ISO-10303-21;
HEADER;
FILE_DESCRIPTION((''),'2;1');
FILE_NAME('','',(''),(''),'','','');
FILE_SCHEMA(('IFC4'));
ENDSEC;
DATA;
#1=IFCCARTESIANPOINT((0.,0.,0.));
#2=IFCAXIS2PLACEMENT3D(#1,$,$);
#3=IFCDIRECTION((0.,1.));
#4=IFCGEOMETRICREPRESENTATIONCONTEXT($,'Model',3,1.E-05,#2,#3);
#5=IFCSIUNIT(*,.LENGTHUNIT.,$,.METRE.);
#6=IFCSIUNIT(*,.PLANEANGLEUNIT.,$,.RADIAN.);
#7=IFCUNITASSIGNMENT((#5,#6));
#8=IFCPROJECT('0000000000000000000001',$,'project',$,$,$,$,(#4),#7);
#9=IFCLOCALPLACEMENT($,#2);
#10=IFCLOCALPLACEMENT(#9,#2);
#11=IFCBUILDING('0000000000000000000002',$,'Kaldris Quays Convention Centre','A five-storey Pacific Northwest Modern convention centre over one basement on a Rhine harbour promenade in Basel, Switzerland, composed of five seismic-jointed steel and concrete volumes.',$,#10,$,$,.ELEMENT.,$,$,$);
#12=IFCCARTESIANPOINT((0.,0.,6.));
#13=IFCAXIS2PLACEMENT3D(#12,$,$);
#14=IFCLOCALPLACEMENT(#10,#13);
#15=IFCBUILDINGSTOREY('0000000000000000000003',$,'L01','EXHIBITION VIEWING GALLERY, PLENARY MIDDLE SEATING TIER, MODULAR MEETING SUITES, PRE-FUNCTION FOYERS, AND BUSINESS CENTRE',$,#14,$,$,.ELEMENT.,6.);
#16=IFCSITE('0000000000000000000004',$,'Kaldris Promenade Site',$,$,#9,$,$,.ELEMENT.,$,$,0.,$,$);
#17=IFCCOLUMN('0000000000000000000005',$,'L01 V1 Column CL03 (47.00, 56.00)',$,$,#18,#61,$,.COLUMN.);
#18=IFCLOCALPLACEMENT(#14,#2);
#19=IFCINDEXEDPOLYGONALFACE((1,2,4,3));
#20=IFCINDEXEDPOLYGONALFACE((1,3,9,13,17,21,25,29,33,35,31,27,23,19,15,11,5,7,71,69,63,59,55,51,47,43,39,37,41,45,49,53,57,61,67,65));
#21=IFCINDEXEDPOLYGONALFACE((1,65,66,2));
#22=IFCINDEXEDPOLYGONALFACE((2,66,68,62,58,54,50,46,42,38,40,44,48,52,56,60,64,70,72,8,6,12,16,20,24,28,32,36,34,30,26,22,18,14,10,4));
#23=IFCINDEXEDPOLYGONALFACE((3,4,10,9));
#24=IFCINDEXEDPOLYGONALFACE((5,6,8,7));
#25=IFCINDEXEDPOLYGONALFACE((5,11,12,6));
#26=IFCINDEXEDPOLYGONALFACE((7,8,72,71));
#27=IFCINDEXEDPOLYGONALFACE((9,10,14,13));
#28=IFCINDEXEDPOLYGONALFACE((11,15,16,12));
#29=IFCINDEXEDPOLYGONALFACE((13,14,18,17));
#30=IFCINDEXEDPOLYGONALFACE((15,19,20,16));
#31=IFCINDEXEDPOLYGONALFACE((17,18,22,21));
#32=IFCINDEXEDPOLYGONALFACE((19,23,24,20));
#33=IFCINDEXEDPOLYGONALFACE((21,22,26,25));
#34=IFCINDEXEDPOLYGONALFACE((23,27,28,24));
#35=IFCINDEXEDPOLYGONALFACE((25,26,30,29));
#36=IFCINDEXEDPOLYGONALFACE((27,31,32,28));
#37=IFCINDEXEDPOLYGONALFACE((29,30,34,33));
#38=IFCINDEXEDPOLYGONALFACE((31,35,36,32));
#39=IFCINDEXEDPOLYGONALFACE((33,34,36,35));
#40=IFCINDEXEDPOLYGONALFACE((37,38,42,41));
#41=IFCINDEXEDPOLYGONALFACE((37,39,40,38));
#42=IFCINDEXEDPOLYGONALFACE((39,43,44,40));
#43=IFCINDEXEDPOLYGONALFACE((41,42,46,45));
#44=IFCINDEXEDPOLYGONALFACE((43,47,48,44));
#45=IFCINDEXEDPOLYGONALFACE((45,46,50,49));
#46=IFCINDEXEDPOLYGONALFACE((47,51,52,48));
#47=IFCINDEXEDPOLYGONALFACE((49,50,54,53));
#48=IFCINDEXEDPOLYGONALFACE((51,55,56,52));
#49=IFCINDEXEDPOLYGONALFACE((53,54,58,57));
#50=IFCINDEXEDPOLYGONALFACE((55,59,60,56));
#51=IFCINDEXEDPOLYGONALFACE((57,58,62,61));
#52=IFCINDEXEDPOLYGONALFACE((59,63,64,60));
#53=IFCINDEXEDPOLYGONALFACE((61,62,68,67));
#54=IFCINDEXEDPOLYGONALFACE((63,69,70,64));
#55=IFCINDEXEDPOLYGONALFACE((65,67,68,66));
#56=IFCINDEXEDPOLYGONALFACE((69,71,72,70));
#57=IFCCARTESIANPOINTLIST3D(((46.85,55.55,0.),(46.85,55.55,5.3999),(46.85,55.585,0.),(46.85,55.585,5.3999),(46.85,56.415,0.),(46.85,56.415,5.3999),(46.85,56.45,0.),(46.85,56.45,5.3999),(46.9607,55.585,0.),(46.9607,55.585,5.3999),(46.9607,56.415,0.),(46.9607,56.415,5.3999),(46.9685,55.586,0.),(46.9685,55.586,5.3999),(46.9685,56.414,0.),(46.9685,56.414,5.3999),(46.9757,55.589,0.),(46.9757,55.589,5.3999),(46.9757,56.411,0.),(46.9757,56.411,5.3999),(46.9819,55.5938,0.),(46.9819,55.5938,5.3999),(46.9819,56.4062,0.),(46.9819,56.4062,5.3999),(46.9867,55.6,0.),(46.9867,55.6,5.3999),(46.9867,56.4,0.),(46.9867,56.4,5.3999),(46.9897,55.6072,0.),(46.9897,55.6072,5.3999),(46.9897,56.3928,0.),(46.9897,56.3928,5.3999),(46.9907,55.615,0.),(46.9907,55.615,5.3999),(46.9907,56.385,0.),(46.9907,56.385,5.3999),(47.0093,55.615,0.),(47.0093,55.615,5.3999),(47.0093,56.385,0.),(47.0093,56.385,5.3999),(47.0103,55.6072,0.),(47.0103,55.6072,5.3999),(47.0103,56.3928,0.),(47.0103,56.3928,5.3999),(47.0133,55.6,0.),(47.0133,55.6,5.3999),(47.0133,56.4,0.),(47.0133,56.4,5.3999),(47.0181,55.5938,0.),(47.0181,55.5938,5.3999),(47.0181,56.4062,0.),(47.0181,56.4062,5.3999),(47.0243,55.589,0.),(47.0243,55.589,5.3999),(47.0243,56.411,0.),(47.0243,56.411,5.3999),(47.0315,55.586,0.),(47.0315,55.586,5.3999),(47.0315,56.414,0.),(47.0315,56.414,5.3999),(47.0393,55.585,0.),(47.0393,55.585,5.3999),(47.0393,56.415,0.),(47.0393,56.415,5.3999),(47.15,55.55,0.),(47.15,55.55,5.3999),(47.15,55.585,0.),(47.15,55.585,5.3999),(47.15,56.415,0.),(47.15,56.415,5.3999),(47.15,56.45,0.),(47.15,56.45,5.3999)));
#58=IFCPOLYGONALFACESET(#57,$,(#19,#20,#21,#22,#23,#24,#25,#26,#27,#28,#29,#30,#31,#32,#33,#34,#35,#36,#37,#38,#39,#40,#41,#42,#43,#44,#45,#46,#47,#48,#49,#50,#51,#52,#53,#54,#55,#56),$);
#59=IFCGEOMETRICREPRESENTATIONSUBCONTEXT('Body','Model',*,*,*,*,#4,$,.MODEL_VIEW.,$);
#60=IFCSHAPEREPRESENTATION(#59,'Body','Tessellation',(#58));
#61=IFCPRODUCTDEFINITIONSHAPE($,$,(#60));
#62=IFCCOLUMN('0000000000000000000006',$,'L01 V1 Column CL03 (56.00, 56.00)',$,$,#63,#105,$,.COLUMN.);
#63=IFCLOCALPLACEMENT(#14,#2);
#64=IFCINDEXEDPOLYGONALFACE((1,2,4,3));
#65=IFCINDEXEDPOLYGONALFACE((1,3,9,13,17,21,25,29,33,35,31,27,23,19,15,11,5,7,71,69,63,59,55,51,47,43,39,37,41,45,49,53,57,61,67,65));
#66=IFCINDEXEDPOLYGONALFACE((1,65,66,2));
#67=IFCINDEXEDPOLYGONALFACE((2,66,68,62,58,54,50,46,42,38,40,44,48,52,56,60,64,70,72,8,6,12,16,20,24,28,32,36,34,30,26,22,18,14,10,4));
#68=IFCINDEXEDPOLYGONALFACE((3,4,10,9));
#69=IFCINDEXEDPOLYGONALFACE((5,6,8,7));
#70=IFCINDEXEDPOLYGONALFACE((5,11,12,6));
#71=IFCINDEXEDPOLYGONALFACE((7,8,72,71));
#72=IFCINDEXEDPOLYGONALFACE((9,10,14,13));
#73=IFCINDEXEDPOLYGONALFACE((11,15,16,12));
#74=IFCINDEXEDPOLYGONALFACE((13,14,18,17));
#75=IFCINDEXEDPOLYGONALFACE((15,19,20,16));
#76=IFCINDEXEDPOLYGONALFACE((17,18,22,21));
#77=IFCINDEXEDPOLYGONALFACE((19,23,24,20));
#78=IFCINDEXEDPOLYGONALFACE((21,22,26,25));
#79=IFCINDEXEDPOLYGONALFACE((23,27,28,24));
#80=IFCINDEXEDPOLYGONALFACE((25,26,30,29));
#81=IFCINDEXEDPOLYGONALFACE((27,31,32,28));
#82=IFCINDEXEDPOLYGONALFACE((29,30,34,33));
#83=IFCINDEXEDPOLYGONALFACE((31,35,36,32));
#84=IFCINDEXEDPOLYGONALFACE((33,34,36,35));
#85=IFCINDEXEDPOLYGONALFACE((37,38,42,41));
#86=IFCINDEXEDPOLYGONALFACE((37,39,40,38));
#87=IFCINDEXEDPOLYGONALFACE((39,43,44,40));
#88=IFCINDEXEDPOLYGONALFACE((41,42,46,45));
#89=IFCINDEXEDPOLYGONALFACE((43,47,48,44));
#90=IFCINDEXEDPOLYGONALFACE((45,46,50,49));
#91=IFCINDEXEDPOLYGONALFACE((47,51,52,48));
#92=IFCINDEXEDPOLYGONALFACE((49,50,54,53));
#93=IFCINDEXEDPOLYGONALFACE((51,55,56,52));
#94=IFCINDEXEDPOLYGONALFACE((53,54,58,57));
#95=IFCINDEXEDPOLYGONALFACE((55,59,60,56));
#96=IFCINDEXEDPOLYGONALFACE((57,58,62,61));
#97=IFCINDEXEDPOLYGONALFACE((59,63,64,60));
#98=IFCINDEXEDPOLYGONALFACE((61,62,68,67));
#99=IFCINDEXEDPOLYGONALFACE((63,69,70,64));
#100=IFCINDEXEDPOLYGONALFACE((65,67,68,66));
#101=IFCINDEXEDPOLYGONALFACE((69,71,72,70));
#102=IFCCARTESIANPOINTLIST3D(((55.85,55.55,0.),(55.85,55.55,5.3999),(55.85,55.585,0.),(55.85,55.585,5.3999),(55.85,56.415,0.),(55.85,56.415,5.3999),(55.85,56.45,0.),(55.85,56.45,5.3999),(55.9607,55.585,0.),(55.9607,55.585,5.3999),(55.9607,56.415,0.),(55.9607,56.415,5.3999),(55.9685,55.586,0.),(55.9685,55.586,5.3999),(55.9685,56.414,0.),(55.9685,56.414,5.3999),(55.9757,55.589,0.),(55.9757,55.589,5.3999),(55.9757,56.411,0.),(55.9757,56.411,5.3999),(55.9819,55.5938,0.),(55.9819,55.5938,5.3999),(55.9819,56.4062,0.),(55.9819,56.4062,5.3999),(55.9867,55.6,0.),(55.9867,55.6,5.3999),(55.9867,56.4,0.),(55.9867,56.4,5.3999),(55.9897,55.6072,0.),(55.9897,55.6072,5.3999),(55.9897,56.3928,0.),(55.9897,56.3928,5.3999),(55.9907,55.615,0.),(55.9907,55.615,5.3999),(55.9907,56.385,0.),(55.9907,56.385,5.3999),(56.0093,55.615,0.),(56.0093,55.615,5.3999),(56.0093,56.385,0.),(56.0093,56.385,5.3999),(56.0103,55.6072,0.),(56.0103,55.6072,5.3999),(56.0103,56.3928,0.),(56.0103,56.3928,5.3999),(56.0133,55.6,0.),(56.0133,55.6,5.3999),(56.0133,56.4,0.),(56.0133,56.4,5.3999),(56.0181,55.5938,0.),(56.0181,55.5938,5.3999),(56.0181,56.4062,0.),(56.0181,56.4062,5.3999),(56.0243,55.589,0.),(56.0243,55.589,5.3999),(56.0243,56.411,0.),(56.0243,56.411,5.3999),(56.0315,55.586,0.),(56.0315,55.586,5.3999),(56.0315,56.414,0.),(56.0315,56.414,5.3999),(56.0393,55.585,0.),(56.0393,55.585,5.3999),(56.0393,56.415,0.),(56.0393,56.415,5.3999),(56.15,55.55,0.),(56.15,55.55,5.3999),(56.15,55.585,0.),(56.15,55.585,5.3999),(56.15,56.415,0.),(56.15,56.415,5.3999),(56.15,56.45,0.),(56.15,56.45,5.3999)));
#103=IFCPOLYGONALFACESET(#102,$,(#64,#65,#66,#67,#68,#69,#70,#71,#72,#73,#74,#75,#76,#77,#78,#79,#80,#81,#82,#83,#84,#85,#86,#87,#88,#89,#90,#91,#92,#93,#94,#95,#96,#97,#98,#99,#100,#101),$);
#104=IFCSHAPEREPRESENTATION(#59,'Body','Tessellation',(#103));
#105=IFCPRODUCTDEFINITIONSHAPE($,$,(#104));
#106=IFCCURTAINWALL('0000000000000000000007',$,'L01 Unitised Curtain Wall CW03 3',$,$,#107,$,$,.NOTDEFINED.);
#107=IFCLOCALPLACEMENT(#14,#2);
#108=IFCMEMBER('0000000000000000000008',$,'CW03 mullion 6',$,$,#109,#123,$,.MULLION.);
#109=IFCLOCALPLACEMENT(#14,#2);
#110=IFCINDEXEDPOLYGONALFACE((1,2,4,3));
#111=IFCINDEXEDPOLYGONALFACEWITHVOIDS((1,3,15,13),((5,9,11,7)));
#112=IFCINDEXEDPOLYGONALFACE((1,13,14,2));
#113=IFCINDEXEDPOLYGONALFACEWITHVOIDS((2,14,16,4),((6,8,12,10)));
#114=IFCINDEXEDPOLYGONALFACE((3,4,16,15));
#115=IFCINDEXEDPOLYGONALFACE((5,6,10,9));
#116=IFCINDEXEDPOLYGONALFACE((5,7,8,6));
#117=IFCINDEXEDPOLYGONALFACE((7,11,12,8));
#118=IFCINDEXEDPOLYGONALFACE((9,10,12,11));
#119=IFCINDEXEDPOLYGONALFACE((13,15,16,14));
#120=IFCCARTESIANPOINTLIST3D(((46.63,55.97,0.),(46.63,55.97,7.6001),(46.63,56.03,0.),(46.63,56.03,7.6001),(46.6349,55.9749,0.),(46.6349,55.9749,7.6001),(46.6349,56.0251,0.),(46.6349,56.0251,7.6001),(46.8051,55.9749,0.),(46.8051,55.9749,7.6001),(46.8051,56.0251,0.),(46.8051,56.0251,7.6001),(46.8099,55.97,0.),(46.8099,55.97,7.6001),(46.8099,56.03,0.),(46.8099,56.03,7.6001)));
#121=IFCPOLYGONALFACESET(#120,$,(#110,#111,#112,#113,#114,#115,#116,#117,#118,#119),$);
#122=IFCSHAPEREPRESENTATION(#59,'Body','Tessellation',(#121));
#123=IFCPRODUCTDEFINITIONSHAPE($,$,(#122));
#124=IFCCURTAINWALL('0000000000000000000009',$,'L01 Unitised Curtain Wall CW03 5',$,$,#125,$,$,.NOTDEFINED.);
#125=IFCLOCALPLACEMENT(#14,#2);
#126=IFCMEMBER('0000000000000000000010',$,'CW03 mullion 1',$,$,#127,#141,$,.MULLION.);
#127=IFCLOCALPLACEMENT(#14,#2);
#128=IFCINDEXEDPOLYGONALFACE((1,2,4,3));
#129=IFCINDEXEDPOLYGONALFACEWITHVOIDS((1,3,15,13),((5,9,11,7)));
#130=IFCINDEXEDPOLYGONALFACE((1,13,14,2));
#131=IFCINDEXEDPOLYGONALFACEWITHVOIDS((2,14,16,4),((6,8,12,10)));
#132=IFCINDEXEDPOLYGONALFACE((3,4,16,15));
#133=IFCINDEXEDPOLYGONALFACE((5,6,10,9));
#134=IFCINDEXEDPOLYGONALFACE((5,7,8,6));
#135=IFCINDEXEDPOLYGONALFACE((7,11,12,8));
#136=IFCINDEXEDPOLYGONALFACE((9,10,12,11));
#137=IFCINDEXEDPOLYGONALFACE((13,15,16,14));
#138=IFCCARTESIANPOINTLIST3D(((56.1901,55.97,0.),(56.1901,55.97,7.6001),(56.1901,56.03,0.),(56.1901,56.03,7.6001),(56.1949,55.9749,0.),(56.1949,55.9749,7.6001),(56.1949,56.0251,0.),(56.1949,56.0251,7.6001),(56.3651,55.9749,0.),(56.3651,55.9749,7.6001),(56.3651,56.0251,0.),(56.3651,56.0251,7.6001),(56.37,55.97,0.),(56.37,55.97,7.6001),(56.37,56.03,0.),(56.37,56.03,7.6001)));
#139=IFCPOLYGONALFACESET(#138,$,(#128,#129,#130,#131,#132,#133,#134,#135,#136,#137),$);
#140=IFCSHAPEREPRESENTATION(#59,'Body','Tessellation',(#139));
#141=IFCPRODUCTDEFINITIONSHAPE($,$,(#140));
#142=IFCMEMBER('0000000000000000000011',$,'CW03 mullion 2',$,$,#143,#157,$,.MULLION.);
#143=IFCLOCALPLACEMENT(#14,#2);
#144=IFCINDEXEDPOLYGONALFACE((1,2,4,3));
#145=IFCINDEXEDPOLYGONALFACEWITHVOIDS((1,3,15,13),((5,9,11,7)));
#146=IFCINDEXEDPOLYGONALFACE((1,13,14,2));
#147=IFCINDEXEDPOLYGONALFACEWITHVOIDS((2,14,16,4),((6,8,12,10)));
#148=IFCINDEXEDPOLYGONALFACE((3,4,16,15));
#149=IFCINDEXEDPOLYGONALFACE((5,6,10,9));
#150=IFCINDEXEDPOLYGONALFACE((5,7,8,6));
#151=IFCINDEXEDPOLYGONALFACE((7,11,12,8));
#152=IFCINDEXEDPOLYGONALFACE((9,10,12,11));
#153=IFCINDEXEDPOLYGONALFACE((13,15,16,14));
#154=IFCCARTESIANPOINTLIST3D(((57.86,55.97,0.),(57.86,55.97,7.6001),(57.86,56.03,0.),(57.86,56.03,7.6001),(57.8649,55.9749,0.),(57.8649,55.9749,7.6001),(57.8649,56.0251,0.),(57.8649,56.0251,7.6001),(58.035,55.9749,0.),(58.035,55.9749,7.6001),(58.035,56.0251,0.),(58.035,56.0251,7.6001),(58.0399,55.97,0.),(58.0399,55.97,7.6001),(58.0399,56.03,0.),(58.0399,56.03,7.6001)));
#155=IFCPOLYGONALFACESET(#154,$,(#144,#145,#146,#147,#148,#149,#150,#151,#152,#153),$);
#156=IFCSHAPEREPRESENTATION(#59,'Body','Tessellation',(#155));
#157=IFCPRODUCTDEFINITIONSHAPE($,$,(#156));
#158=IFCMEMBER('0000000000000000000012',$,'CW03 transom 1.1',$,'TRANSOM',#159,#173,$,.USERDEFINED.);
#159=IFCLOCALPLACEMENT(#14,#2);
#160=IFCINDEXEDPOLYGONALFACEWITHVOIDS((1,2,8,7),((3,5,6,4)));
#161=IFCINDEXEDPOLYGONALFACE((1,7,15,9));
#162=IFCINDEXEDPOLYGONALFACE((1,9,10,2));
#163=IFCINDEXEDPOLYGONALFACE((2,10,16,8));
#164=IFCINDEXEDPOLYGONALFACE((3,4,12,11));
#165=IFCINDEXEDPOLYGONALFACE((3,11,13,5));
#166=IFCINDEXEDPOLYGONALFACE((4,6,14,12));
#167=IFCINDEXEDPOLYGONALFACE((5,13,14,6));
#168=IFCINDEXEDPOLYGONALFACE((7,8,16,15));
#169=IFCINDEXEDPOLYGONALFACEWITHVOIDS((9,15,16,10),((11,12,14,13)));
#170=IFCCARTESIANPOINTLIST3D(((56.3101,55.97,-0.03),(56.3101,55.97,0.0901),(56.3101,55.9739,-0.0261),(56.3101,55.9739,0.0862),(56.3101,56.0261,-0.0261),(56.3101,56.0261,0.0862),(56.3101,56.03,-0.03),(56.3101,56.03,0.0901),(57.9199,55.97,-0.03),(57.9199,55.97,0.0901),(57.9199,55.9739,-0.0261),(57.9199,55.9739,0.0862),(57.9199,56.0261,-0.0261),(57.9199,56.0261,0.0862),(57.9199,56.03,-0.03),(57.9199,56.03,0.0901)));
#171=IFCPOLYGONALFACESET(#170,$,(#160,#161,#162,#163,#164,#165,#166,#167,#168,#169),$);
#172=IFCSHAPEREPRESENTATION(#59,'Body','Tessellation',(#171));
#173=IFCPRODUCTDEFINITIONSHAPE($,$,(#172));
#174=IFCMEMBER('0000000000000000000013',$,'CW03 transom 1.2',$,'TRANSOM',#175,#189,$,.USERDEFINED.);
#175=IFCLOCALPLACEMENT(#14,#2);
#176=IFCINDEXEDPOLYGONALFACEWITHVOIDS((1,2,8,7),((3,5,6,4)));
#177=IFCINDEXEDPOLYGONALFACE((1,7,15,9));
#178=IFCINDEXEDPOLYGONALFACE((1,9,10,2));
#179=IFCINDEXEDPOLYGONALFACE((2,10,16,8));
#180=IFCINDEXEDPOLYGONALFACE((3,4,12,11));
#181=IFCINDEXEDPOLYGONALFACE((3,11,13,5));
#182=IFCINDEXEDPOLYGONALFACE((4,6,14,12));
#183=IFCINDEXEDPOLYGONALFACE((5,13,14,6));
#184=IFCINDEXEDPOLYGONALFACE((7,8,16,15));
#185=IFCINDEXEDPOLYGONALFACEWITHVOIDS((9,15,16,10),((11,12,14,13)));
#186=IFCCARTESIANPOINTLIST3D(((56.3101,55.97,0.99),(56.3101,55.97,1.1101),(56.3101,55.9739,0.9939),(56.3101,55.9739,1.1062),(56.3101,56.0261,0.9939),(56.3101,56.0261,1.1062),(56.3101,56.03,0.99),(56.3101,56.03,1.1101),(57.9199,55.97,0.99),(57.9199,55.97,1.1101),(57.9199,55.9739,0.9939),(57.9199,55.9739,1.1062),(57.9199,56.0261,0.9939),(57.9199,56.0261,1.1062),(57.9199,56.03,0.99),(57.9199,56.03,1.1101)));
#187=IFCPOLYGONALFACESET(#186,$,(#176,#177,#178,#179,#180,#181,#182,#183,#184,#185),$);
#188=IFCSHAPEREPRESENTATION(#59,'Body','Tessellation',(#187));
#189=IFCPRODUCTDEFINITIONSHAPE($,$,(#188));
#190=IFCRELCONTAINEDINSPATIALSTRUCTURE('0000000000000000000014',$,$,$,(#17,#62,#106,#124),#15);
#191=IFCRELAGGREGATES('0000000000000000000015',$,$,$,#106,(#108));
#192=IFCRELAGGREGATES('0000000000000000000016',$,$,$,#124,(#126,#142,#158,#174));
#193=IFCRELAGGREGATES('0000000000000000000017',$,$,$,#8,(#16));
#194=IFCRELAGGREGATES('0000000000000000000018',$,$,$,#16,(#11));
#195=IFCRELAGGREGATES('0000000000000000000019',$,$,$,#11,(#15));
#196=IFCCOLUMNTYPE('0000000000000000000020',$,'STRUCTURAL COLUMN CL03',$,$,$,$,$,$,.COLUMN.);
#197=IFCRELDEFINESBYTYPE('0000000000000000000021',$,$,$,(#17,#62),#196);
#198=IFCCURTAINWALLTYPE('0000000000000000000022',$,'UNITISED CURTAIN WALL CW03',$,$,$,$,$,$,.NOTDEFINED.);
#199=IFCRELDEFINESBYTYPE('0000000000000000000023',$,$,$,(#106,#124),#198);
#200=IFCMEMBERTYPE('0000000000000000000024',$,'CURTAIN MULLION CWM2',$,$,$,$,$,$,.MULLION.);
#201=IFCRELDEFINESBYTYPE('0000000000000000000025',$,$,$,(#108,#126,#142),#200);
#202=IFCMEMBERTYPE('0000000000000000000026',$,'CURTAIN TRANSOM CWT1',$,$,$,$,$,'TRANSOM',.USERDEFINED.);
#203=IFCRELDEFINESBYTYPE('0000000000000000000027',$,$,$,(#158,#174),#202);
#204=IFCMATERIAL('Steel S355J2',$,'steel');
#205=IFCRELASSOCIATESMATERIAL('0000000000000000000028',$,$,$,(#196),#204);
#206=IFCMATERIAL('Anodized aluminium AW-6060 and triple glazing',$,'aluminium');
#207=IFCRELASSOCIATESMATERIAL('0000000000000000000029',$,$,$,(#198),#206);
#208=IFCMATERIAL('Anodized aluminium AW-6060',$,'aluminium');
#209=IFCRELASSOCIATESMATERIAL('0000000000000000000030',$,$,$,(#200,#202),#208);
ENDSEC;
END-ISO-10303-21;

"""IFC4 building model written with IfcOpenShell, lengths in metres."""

from ifc_helpers import new_model, si_unit, direction, frame, origin, origin_2d, place, context, subcontext, project, spatial, hollow_rectangle, i_section, extrude, material, material_profile, profile_set, type_object, element, aggregate, save


model = new_model("IFC4")

# Units and contexts
model_context = context("Model", 3, precision=1e-05, world=origin(), true_north=direction((0.0, 1.0)))
body_context = subcontext(model_context, "Body", "Model", "MODEL_VIEW")
ifc_project = project(units=[si_unit("LENGTHUNIT", "METRE"), si_unit("PLANEANGLEUNIT", "RADIAN")], contexts=[model_context])

# Site, building, storey
site_placement = place(None, origin())
site = spatial("IfcSite", under=ifc_project, at=site_placement, Name="Kaldris Promenade Site", CompositionType="ELEMENT", RefElevation=0.0)
building_placement = place(site_placement, origin())
building = spatial("IfcBuilding", under=site, at=building_placement, Name="Kaldris Quays Convention Centre", Description="A five-storey Pacific Northwest Modern convention centre over one basement on a Rhine harbour promenade in Basel, Switzerland, composed of five seismic-jointed steel and concrete volumes.", CompositionType="ELEMENT")
storey_placement = place(building_placement, frame((0.0, 0.0, 6.0)))
storey = spatial("IfcBuildingStorey", under=building, at=storey_placement, Name="L01", Description="EXHIBITION VIEWING GALLERY, PLENARY MIDDLE SEATING TIER, MODULAR MEETING SUITES, PRE-FUNCTION FOYERS, AND BUSINESS CENTRE", CompositionType="ELEMENT", Elevation=6.0)

# Columns
ifc_material_1 = material(Name="Steel S355J2", Category="steel")
ifc_material_profile_1 = material_profile(ifc_material_1, i_section(OverallWidth=0.3, OverallDepth=0.8999, WebThickness=0.0186, FlangeThickness=0.0349, FilletRadius=0.03, at=origin_2d()), Name="HEB 900")
ifc_profile_set_1 = profile_set([ifc_material_profile_1], Name="Steel S355J2")
column_type = type_object("IfcColumnType", Name="STRUCTURAL COLUMN CL03", PredefinedType="COLUMN", material=ifc_profile_set_1)
for number, where, z_axis, x_axis, name in (
    (1, (47.0, 56.0, 0.0), (0.0, 0.0, 1.0), (1.0, 0.0, 0.0), "L01 V1 Column CL03 (47.00, 56.00)"),
    (2, (56.0, 56.0, 0.0), (0.0, 0.0, 1.0), (1.0, 0.0, 0.0), "L01 V1 Column CL03 (56.00, 56.00)"),
):
    element("IfcColumn", number, at=place(storey_placement, frame(where, z_axis=z_axis, x_axis=x_axis)), inside=storey, type_object=column_type, Name=name, PredefinedType="COLUMN", context=body_context, shape_type="SweptSolid", body=[
        extrude(i_section(OverallWidth=0.3, OverallDepth=0.8999, WebThickness=0.0186, FlangeThickness=0.0349, FilletRadius=0.03, at=origin_2d()), origin(), (0.0, 0.0, 1.0), 5.3999),
    ])

# Curtain wall, member
ifc_material_2 = material(Name="Anodized aluminium AW-6060 and triple glazing", Category="aluminium")
curtain_wall_type = type_object("IfcCurtainWallType", Name="UNITISED CURTAIN WALL CW03", PredefinedType="NOTDEFINED", material=ifc_material_2)
curtain_wall_1_placement = place(storey_placement, origin())
curtain_wall_1 = element("IfcCurtainWall", 3, at=curtain_wall_1_placement, inside=storey, type_object=curtain_wall_type, Name="L01 Unitised Curtain Wall CW03 3", PredefinedType="NOTDEFINED")
ifc_material_3 = material(Name="Anodized aluminium AW-6060", Category="aluminium")
ifc_material_profile_2 = material_profile(ifc_material_3, hollow_rectangle(XDim=0.0601, YDim=0.1799, WallThickness=0.0049, at=origin_2d()), Name="RHS 180x60x5")
ifc_profile_set_2 = profile_set([ifc_material_profile_2], Name="Anodized aluminium AW-6060")
member_type_1 = type_object("IfcMemberType", Name="CURTAIN MULLION CWM2", PredefinedType="MULLION", material=ifc_profile_set_2)
member_1_placement = place(storey_placement, frame((46.72, 56.0, 0.0), z_axis=(0.0, 0.0, 1.0), x_axis=(0.0, 1.0, 0.0)))
member_1 = element("IfcMember", 4, at=member_1_placement, type_object=member_type_1, Name="CW03 mullion 6", PredefinedType="MULLION", context=body_context, shape_type="SweptSolid", body=[
    extrude(hollow_rectangle(XDim=0.0601, YDim=0.1799, WallThickness=0.0049, at=origin_2d()), origin(), (0.0, 0.0, 1.0), 7.6001),
])

# Curtain wall, members
curtain_wall_2_placement = place(storey_placement, origin())
curtain_wall_2 = element("IfcCurtainWall", 5, at=curtain_wall_2_placement, inside=storey, type_object=curtain_wall_type, Name="L01 Unitised Curtain Wall CW03 5", PredefinedType="NOTDEFINED")
member_2_placement = place(storey_placement, frame((56.28, 56.0, 0.0), z_axis=(0.0, 0.0, 1.0), x_axis=(0.0, 1.0, 0.0)))
member_2 = element("IfcMember", 6, at=member_2_placement, type_object=member_type_1, Name="CW03 mullion 1", PredefinedType="MULLION", context=body_context, shape_type="SweptSolid", body=[
    extrude(hollow_rectangle(XDim=0.0601, YDim=0.1799, WallThickness=0.0049, at=origin_2d()), origin(), (0.0, 0.0, 1.0), 7.6001),
])
member_3_placement = place(storey_placement, frame((57.95, 56.0, 0.0), z_axis=(0.0, 0.0, 1.0), x_axis=(0.0, 1.0, 0.0)))
member_3 = element("IfcMember", 7, at=member_3_placement, type_object=member_type_1, Name="CW03 mullion 2", PredefinedType="MULLION", context=body_context, shape_type="SweptSolid", body=[
    extrude(hollow_rectangle(XDim=0.0601, YDim=0.1799, WallThickness=0.0049, at=origin_2d()), origin(), (0.0, 0.0, 1.0), 7.6001),
])
ifc_material_profile_3 = material_profile(ifc_material_3, hollow_rectangle(XDim=0.0601, YDim=0.1201, WallThickness=0.0039, at=origin_2d()), Name="RHS 120x60x4")
ifc_profile_set_3 = profile_set([ifc_material_profile_3], Name="Anodized aluminium AW-6060")
member_type_2 = type_object("IfcMemberType", Name="CURTAIN TRANSOM CWT1", ElementType="TRANSOM", PredefinedType="USERDEFINED", material=ifc_profile_set_3)
member_4_placement = place(storey_placement, frame((56.3101, 56.0, 0.03), z_axis=(1.0, 0.0, 0.0), x_axis=(0.0, 1.0, 0.0)))
member_4 = element("IfcMember", 8, at=member_4_placement, type_object=member_type_2, Name="CW03 transom 1.1", ObjectType="TRANSOM", PredefinedType="USERDEFINED", context=body_context, shape_type="SweptSolid", body=[
    extrude(hollow_rectangle(XDim=0.0601, YDim=0.1201, WallThickness=0.0039, at=origin_2d()), origin(), (0.0, 0.0, 1.0), 1.6099),
])
member_5_placement = place(storey_placement, frame((56.3101, 56.0, 1.05), z_axis=(1.0, 0.0, 0.0), x_axis=(0.0, 1.0, 0.0)))
member_5 = element("IfcMember", 9, at=member_5_placement, type_object=member_type_2, Name="CW03 transom 1.2", ObjectType="TRANSOM", PredefinedType="USERDEFINED", context=body_context, shape_type="SweptSolid", body=[
    extrude(hollow_rectangle(XDim=0.0601, YDim=0.1201, WallThickness=0.0039, at=origin_2d()), origin(), (0.0, 0.0, 1.0), 1.6099),
])

aggregate(curtain_wall_1, [member_1])
aggregate(curtain_wall_2, [member_2, member_3, member_4, member_5])

save(model, "model.ifc")
